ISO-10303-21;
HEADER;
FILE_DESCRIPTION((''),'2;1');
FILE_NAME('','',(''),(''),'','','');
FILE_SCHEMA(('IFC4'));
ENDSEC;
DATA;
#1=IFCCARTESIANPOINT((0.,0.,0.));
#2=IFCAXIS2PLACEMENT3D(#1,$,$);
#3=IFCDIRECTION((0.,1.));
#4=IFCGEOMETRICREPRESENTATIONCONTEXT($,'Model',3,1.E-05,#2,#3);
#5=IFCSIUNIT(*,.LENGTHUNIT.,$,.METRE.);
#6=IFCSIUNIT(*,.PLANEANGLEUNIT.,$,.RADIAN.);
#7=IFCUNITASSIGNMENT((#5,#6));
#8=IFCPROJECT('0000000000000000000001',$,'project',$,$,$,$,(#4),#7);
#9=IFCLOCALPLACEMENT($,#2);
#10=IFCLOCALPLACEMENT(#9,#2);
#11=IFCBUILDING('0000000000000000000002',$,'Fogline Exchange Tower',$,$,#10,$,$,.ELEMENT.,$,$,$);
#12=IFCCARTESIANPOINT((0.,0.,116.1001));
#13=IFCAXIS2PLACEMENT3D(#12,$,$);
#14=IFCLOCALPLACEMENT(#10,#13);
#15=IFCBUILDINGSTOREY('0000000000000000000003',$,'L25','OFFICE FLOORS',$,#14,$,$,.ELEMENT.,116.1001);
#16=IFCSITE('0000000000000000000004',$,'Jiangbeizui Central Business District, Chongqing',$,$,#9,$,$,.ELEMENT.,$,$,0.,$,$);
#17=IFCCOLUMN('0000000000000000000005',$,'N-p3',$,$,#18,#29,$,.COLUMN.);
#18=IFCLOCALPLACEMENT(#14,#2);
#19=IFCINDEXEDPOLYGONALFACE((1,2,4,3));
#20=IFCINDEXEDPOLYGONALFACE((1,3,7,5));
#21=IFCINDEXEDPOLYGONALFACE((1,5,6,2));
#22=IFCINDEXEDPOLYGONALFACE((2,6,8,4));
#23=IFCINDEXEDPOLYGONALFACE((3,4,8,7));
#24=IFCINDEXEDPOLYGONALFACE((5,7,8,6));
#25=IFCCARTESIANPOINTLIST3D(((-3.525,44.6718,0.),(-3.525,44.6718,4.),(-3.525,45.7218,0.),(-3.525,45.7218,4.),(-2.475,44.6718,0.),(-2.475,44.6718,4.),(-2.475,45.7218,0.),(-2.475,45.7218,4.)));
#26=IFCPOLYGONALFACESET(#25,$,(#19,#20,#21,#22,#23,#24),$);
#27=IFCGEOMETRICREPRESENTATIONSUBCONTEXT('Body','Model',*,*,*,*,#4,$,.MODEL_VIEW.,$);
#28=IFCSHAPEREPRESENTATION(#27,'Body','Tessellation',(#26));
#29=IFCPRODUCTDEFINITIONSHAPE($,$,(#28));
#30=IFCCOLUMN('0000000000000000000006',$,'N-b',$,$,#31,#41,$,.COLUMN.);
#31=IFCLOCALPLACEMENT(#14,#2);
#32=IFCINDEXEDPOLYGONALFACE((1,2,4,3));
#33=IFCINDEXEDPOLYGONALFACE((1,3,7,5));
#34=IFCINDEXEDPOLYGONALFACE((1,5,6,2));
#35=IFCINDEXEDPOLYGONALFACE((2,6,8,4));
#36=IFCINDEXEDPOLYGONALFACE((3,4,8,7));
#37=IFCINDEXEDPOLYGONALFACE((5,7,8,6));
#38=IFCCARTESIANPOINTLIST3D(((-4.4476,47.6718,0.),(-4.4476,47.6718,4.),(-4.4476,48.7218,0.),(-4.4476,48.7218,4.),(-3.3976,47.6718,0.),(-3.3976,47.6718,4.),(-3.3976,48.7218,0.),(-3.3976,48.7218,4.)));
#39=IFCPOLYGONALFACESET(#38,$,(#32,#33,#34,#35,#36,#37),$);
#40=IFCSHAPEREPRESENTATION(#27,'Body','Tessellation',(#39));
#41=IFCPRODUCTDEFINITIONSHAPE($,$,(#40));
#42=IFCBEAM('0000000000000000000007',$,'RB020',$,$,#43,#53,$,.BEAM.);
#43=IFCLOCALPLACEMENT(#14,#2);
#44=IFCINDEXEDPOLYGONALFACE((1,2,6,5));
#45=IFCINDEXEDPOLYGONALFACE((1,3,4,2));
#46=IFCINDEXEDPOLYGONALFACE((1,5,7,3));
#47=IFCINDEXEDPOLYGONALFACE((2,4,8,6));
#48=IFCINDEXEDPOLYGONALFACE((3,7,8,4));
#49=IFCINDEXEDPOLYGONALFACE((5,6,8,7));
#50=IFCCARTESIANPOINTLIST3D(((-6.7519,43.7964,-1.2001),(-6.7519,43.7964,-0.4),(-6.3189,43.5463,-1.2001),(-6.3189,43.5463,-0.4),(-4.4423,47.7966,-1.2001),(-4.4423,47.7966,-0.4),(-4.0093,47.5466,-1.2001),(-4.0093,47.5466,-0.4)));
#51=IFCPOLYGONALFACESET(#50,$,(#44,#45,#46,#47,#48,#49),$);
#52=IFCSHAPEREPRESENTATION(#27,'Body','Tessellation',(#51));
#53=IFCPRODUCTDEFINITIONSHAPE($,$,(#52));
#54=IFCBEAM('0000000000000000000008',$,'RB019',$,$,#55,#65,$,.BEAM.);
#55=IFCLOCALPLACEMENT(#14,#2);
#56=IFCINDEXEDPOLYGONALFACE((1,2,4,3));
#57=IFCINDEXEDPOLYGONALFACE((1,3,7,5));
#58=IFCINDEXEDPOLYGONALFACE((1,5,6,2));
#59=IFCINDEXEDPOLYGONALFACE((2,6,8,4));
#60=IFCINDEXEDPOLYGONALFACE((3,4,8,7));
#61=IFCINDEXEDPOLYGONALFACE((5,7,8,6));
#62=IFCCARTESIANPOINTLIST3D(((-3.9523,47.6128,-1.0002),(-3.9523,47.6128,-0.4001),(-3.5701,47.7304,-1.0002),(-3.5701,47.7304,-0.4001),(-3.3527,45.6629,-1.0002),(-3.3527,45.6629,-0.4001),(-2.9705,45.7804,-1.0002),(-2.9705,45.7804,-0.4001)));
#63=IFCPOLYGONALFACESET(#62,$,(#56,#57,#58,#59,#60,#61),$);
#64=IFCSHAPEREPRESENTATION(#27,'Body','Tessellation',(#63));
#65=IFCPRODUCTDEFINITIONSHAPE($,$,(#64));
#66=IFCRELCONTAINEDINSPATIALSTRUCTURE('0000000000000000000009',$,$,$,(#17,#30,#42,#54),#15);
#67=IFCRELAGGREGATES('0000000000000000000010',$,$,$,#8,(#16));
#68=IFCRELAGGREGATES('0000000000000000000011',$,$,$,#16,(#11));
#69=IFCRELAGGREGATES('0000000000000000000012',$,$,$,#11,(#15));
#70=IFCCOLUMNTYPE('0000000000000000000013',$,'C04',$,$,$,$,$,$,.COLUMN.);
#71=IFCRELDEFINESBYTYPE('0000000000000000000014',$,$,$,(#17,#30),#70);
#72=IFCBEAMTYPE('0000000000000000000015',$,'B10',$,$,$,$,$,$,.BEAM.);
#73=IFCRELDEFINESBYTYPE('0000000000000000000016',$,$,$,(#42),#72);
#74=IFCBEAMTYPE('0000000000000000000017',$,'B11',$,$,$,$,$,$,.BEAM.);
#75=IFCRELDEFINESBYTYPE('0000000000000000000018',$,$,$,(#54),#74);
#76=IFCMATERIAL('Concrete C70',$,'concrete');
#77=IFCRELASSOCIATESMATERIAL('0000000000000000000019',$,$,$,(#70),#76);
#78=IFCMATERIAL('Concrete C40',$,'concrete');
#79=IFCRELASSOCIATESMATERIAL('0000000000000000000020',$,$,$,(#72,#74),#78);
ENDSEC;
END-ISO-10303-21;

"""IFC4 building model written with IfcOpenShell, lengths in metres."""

from ifc_helpers import new_model, si_unit, direction, frame, origin, origin_2d, place, context, subcontext, project, spatial, rectangle, extrude, material, material_profile, profile_set, type_object, element, save


model = new_model("IFC4")

# Units and contexts
model_context = context("Model", 3, precision=1e-05, world=origin(), true_north=direction((0.0, 1.0)))
body_context = subcontext(model_context, "Body", "Model", "MODEL_VIEW")
ifc_project = project(units=[si_unit("LENGTHUNIT", "METRE"), si_unit("PLANEANGLEUNIT", "RADIAN")], contexts=[model_context])

# Site, building, storey
site_placement = place(None, origin())
site = spatial("IfcSite", under=ifc_project, at=site_placement, Name="Jiangbeizui Central Business District, Chongqing", CompositionType="ELEMENT", RefElevation=0.0)
building_placement = place(site_placement, origin())
building = spatial("IfcBuilding", under=site, at=building_placement, Name="Fogline Exchange Tower", CompositionType="ELEMENT")
storey_placement = place(building_placement, frame((0.0, 0.0, 116.1001)))
storey = spatial("IfcBuildingStorey", under=building, at=storey_placement, Name="L25", Description="OFFICE FLOORS", CompositionType="ELEMENT", Elevation=116.1001)

# Columns
ifc_material_1 = material(Name="Concrete C70", Category="concrete")
ifc_material_profile_1 = material_profile(ifc_material_1, rectangle(XDim=1.05, YDim=1.05, at=origin_2d()), Name="RC 1050x1050")
ifc_profile_set_1 = profile_set([ifc_material_profile_1], Name="Concrete C70")
column_type = type_object("IfcColumnType", Name="C04", PredefinedType="COLUMN", material=ifc_profile_set_1)
for number, where, z_axis, x_axis, name in (
    (1, (-3.0, 45.1968, 0.0), (0.0, 0.0, 1.0), (1.0, 0.0, 0.0), "N-p3"),
    (2, (-3.9226, 48.1968, 0.0), (0.0, 0.0, 1.0), (1.0, 0.0, 0.0), "N-b"),
):
    element("IfcColumn", number, at=place(storey_placement, frame(where, z_axis=z_axis, x_axis=x_axis)), inside=storey, type_object=column_type, Name=name, PredefinedType="COLUMN", context=body_context, shape_type="SweptSolid", body=[
        extrude(rectangle(XDim=1.05, YDim=1.05, at=origin_2d()), origin(), (0.0, 0.0, 1.0), 4.0),
    ])

# Beams
ifc_material_2 = material(Name="Concrete C40", Category="concrete")
ifc_material_profile_2 = material_profile(ifc_material_2, rectangle(XDim=0.5, YDim=0.8, at=origin_2d()), Name="RC 500x800")
ifc_profile_set_2 = profile_set([ifc_material_profile_2], Name="Concrete C40")
beam_type_1 = type_object("IfcBeamType", Name="B10", PredefinedType="BEAM", material=ifc_profile_set_2)
beam_1_placement = place(storey_placement, frame((-4.2258, 47.6716, -0.8), z_axis=(-0.500005, -0.866023, 0.0), x_axis=(0.866023, -0.500005, 0.0)))
element("IfcBeam", 3, at=beam_1_placement, inside=storey, type_object=beam_type_1, Name="RB020", PredefinedType="BEAM", context=body_context, shape_type="SweptSolid", body=[
    extrude(rectangle(XDim=0.5, YDim=0.8, at=origin_2d()), origin(), (0.0, 0.0, 1.0), 4.6191),
])
ifc_material_profile_3 = material_profile(ifc_material_2, rectangle(XDim=0.3999, YDim=0.6001, at=origin_2d()), Name="RC 400x600")
ifc_profile_set_3 = profile_set([ifc_material_profile_3], Name="Concrete C40")
beam_type_2 = type_object("IfcBeamType", Name="B11", PredefinedType="BEAM", material=ifc_profile_set_3)
beam_2_placement = place(storey_placement, frame((-3.1616, 45.7217, -0.7002), z_axis=(-0.293918, 0.955831, 0.0), x_axis=(-0.955831, -0.293918, 0.0)))
element("IfcBeam", 4, at=beam_2_placement, inside=storey, type_object=beam_type_2, Name="RB019", PredefinedType="BEAM", context=body_context, shape_type="SweptSolid", body=[
    extrude(rectangle(XDim=0.3999, YDim=0.6001, at=origin_2d()), origin(), (0.0, 0.0, 1.0), 2.04),
])

save(model, "model.ifc")
